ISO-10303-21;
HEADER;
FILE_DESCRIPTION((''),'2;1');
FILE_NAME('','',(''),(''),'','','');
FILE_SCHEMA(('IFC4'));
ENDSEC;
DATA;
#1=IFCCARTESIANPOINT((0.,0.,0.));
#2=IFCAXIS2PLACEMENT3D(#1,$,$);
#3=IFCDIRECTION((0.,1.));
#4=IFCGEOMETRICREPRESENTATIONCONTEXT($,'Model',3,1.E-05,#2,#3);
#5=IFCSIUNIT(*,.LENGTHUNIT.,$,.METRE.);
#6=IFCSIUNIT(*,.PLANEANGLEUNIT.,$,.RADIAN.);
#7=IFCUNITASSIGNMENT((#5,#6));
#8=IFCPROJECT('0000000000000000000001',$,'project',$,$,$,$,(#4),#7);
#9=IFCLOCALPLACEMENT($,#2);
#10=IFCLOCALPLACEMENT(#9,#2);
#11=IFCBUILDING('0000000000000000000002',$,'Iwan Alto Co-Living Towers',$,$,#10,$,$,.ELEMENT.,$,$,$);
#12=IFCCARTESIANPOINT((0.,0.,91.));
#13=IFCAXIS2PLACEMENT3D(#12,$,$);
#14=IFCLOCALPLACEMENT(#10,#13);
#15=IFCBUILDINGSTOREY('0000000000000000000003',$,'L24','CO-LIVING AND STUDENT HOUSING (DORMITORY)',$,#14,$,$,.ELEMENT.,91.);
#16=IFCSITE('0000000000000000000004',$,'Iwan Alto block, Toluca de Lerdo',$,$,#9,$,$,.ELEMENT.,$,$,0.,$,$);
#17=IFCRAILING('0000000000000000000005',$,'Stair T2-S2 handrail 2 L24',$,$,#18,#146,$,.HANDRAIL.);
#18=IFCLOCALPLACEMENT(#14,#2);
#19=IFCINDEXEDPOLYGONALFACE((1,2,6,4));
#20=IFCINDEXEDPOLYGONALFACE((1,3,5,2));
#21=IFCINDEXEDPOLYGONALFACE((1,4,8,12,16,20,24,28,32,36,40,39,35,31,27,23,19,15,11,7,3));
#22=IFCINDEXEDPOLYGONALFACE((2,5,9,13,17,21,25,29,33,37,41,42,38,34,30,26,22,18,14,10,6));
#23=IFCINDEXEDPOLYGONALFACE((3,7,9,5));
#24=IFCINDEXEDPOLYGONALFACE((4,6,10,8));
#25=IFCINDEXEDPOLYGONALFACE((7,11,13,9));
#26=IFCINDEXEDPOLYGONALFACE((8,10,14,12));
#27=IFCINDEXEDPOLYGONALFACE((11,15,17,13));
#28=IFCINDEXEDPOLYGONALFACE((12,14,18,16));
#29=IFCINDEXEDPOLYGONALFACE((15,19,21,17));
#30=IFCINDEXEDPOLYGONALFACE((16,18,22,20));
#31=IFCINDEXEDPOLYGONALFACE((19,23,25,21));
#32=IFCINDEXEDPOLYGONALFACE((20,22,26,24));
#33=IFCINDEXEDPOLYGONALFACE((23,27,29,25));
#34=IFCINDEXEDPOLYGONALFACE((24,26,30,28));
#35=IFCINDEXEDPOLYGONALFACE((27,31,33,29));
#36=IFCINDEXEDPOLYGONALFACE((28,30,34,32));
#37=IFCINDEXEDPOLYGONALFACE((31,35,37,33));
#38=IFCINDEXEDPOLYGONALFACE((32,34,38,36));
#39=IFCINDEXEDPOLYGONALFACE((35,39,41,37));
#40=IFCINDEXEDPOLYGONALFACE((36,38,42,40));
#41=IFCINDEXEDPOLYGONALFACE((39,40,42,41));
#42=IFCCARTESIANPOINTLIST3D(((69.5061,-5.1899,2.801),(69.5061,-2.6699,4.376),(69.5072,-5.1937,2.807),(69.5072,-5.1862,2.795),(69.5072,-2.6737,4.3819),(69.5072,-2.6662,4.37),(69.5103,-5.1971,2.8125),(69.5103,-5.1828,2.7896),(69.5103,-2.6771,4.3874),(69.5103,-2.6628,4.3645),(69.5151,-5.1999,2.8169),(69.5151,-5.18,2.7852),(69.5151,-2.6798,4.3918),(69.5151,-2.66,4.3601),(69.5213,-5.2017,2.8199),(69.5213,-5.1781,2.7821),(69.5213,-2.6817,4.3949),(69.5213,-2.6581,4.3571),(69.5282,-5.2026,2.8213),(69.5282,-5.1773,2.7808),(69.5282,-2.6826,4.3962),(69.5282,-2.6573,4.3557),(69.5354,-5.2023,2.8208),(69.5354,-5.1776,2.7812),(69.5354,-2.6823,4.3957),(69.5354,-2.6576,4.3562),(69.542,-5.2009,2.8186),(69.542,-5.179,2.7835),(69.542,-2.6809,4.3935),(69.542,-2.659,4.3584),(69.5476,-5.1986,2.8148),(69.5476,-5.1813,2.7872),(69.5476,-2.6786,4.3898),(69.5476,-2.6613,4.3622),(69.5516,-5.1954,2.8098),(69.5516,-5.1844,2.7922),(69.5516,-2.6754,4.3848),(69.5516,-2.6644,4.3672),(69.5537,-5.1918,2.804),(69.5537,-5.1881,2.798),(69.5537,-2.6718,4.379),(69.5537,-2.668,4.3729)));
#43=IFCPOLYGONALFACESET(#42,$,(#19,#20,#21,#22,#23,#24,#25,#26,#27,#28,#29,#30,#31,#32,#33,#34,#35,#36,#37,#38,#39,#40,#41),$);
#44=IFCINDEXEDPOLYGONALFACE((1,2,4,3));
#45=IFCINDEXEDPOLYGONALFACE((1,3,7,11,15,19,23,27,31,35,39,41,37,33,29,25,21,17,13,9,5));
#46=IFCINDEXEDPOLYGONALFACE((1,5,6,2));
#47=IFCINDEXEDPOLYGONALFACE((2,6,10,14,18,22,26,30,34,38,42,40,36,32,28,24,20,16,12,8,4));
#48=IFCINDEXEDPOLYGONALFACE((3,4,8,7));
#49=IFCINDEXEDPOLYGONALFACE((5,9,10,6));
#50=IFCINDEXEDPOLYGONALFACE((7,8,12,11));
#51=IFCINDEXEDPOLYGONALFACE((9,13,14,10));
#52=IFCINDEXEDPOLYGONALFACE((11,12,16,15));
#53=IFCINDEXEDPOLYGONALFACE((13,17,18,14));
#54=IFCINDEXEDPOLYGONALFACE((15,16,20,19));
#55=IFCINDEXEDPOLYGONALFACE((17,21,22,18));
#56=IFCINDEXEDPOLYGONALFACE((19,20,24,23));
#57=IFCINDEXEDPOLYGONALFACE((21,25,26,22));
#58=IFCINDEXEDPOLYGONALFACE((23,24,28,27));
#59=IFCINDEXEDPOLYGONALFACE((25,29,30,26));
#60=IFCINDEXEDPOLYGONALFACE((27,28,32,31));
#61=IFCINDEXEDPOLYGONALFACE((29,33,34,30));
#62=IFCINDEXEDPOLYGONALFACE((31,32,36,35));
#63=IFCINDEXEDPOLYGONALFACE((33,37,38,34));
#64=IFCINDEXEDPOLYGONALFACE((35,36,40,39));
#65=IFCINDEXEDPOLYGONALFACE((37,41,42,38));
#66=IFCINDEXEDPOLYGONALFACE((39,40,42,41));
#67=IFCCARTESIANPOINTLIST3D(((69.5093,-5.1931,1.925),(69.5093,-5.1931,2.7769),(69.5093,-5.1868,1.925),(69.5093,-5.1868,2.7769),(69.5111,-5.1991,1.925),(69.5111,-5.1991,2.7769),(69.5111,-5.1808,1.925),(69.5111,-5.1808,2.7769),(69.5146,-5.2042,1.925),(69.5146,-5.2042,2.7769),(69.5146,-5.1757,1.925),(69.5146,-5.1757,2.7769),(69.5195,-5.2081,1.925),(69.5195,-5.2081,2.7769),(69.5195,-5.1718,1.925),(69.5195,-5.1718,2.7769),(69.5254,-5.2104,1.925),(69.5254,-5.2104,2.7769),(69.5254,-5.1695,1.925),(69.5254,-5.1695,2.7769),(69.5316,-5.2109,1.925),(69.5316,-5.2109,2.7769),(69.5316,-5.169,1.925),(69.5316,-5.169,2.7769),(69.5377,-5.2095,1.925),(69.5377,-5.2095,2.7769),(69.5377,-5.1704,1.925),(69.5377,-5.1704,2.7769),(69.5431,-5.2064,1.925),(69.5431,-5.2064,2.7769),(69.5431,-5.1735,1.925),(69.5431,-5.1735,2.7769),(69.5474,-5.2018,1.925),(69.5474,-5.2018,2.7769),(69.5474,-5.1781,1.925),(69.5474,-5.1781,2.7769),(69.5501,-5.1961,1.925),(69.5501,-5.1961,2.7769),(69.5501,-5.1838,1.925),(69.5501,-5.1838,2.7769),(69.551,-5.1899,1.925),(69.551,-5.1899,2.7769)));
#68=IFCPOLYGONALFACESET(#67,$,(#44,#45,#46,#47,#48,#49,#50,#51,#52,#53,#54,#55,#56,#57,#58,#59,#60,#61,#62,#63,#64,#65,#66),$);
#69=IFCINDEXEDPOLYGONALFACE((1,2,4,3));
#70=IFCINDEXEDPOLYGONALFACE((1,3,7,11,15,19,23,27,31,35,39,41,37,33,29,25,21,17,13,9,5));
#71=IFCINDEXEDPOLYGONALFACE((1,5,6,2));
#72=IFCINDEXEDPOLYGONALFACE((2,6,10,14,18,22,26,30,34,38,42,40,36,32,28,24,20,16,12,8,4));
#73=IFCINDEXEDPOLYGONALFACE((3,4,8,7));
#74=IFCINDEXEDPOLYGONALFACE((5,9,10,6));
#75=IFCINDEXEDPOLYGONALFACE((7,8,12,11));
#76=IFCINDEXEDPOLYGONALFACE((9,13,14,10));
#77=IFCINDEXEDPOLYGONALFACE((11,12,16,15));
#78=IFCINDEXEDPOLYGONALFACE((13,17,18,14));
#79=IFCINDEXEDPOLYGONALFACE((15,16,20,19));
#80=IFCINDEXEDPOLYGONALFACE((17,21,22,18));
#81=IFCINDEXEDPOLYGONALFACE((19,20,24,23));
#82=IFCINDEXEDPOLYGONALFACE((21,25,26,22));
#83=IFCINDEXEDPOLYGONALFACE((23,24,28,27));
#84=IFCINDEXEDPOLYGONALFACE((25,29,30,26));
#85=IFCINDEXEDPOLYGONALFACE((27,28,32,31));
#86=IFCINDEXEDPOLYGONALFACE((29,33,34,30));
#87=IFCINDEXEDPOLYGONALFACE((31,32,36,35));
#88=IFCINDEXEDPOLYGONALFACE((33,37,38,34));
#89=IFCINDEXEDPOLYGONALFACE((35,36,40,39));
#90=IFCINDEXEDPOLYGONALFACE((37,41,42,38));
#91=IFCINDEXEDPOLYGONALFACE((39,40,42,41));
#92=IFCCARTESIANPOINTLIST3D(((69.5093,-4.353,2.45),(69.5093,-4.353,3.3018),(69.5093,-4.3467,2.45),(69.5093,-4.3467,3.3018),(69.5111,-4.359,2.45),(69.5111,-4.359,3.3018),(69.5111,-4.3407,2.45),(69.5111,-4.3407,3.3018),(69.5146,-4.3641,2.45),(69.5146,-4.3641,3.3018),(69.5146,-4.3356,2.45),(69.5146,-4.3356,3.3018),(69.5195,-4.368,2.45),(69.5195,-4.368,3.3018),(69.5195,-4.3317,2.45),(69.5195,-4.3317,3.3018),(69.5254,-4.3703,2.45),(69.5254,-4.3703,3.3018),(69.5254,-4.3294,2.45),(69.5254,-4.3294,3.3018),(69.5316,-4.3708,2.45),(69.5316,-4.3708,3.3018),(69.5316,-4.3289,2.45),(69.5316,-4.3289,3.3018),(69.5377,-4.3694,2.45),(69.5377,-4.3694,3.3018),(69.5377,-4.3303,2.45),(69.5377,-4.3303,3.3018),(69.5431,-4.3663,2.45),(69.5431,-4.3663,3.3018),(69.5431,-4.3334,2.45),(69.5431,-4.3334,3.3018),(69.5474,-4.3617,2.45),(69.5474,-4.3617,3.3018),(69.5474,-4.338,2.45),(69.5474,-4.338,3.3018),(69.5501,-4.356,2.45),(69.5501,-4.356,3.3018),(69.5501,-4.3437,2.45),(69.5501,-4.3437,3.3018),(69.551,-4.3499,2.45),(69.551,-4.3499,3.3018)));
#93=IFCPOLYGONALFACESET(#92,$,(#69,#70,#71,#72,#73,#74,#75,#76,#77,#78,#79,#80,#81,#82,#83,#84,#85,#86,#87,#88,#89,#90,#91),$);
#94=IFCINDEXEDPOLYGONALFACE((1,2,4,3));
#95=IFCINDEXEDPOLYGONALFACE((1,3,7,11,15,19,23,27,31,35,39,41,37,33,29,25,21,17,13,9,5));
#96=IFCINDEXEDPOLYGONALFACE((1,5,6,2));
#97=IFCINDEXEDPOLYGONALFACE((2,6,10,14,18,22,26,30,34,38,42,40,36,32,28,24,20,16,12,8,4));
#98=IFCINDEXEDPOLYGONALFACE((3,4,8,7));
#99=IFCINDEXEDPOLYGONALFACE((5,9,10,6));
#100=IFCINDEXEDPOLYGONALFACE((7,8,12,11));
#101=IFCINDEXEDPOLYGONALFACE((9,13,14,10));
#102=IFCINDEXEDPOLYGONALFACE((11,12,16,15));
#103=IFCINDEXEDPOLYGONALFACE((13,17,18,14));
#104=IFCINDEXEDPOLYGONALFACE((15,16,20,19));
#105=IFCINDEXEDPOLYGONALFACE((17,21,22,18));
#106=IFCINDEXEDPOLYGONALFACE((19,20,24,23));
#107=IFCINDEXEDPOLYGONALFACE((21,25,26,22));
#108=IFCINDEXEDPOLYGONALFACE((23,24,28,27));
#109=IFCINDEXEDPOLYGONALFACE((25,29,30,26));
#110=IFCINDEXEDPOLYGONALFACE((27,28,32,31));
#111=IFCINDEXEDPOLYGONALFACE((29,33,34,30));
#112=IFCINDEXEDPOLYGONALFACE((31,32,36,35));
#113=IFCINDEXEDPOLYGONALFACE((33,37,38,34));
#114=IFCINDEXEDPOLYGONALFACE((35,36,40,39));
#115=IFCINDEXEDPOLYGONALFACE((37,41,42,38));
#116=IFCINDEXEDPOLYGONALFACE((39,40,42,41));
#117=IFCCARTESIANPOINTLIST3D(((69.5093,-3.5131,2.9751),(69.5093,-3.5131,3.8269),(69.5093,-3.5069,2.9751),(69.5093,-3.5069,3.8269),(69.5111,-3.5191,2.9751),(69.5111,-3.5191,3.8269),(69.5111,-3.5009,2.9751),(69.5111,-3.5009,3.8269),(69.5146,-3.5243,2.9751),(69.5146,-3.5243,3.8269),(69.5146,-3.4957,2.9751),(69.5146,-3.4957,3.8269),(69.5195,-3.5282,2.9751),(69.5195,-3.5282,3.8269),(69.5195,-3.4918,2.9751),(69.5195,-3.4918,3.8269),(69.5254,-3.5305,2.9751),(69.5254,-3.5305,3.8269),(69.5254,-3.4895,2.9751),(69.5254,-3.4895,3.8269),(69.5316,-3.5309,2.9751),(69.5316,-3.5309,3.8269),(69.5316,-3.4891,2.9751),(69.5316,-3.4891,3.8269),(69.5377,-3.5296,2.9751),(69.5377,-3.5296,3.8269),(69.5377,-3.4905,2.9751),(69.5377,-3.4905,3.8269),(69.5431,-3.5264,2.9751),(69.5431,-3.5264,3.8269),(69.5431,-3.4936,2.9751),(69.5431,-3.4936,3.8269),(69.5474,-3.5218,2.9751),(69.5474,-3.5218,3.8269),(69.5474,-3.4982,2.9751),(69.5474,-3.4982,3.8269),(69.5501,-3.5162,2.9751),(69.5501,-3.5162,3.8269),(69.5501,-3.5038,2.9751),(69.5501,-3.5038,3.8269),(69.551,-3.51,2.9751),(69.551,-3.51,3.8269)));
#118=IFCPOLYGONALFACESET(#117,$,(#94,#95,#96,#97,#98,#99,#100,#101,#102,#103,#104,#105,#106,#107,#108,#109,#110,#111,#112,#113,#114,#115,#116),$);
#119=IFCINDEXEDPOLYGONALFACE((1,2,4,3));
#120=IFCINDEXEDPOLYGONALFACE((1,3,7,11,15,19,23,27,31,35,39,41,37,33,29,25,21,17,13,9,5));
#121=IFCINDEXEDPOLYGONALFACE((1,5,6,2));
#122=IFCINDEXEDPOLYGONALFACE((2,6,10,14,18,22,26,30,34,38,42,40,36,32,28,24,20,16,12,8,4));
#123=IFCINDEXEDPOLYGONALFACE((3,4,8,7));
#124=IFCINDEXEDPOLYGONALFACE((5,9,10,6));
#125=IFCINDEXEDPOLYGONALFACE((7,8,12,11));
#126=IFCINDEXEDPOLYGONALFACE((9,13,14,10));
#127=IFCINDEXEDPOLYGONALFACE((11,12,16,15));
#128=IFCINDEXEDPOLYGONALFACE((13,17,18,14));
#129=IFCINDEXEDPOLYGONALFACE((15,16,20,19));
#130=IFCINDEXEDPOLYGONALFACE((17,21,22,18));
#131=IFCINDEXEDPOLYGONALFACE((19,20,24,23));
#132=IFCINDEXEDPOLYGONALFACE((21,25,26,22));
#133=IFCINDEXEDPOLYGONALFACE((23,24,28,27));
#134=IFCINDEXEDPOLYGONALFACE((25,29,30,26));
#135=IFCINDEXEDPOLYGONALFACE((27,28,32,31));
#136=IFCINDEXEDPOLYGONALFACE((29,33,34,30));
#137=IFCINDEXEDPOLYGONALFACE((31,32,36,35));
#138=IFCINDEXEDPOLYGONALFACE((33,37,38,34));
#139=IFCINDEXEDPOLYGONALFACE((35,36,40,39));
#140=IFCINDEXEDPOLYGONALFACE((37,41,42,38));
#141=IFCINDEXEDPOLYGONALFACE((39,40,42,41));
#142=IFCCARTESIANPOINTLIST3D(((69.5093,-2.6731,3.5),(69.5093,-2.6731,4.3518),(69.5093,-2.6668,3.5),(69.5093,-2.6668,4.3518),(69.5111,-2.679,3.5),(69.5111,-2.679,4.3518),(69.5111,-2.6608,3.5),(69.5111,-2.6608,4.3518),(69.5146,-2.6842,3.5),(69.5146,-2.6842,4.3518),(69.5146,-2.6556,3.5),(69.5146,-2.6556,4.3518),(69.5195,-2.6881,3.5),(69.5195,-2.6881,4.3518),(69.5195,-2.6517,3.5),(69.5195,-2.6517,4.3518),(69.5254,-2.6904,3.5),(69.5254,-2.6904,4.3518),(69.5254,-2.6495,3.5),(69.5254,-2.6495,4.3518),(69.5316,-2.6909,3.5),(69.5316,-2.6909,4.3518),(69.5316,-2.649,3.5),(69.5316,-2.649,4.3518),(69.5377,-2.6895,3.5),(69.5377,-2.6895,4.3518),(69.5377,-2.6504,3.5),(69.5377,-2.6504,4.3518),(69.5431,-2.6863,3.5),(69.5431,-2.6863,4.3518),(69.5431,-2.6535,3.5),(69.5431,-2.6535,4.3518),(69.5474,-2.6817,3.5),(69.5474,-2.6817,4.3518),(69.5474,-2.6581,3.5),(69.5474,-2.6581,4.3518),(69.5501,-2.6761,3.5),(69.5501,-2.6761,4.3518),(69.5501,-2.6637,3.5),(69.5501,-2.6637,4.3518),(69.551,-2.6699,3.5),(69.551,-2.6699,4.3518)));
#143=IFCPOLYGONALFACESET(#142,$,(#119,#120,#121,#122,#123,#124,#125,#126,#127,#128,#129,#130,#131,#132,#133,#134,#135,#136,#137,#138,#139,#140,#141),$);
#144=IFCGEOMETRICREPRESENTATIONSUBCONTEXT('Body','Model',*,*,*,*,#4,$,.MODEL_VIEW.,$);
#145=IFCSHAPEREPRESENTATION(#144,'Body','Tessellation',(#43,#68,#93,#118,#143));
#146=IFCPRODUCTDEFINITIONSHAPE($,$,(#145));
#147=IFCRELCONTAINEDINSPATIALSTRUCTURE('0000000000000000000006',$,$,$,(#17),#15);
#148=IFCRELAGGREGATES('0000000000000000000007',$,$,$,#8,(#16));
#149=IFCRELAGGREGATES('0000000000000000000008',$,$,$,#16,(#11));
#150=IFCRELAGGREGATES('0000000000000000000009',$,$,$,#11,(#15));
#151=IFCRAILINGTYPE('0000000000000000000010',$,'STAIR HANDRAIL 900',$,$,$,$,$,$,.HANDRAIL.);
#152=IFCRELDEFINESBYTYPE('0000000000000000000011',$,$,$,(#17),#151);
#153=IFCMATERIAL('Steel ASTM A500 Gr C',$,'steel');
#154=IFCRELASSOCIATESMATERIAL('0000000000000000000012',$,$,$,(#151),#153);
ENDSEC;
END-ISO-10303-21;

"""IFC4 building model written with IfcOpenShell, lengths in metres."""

from ifc_helpers import new_model, si_unit, direction, frame, origin, origin_2d, place, context, subcontext, project, spatial, circle, extrude, material, type_object, element, save


model = new_model("IFC4")

# Units and contexts
model_context = context("Model", 3, precision=1e-05, world=origin(), true_north=direction((0.0, 1.0)))
body_context = subcontext(model_context, "Body", "Model", "MODEL_VIEW")
ifc_project = project(units=[si_unit("LENGTHUNIT", "METRE"), si_unit("PLANEANGLEUNIT", "RADIAN")], contexts=[model_context])

# Site, building, storey
site_placement = place(None, origin())
site = spatial("IfcSite", under=ifc_project, at=site_placement, Name="Iwan Alto block, Toluca de Lerdo", CompositionType="ELEMENT", RefElevation=0.0)
building_placement = place(site_placement, origin())
building = spatial("IfcBuilding", under=site, at=building_placement, Name="Iwan Alto Co-Living Towers", CompositionType="ELEMENT")
storey_placement = place(building_placement, frame((0.0, 0.0, 91.0)))
storey = spatial("IfcBuildingStorey", under=building, at=storey_placement, Name="L24", Description="CO-LIVING AND STUDENT HOUSING (DORMITORY)", CompositionType="ELEMENT", Elevation=91.0)

# Railing
ifc_material_1 = material(Name="Steel ASTM A500 Gr C", Category="steel")
railing_type_1 = type_object("IfcRailingType", Name="STAIR HANDRAIL 900", PredefinedType="HANDRAIL", material=ifc_material_1)
railing_1_placement = place(storey_placement, frame((69.53, -5.1899, 1.925)))
element("IfcRailing", 1, at=railing_1_placement, inside=storey, type_object=railing_type_1, Name="Stair T2-S2 handrail 2 L24", PredefinedType="HANDRAIL", context=body_context, shape_type="SweptSolid", body=[
    extrude(circle(Radius=0.0239, at=origin_2d()), frame((0.0, 0.0, 0.876), z_axis=(0.0, 0.848008, 0.529984), x_axis=(-1.0, 0.0, 0.0)), (0.0, 0.0, 1.0), 2.9717),
    extrude(circle(Radius=0.021, at=origin_2d()), origin(), (0.0, 0.0, 1.0), 0.8518),
    extrude(circle(Radius=0.021, at=origin_2d()), frame((0.0, 0.8401, 0.5249)), (0.0, 0.0, 1.0), 0.8518),
    extrude(circle(Radius=0.021, at=origin_2d()), frame((0.0, 1.6799, 1.05)), (0.0, 0.0, 1.0), 0.8518),
    extrude(circle(Radius=0.021, at=origin_2d()), frame((0.0, 2.52, 1.575)), (0.0, 0.0, 1.0), 0.8518),
])

save(model, "model.ifc")
